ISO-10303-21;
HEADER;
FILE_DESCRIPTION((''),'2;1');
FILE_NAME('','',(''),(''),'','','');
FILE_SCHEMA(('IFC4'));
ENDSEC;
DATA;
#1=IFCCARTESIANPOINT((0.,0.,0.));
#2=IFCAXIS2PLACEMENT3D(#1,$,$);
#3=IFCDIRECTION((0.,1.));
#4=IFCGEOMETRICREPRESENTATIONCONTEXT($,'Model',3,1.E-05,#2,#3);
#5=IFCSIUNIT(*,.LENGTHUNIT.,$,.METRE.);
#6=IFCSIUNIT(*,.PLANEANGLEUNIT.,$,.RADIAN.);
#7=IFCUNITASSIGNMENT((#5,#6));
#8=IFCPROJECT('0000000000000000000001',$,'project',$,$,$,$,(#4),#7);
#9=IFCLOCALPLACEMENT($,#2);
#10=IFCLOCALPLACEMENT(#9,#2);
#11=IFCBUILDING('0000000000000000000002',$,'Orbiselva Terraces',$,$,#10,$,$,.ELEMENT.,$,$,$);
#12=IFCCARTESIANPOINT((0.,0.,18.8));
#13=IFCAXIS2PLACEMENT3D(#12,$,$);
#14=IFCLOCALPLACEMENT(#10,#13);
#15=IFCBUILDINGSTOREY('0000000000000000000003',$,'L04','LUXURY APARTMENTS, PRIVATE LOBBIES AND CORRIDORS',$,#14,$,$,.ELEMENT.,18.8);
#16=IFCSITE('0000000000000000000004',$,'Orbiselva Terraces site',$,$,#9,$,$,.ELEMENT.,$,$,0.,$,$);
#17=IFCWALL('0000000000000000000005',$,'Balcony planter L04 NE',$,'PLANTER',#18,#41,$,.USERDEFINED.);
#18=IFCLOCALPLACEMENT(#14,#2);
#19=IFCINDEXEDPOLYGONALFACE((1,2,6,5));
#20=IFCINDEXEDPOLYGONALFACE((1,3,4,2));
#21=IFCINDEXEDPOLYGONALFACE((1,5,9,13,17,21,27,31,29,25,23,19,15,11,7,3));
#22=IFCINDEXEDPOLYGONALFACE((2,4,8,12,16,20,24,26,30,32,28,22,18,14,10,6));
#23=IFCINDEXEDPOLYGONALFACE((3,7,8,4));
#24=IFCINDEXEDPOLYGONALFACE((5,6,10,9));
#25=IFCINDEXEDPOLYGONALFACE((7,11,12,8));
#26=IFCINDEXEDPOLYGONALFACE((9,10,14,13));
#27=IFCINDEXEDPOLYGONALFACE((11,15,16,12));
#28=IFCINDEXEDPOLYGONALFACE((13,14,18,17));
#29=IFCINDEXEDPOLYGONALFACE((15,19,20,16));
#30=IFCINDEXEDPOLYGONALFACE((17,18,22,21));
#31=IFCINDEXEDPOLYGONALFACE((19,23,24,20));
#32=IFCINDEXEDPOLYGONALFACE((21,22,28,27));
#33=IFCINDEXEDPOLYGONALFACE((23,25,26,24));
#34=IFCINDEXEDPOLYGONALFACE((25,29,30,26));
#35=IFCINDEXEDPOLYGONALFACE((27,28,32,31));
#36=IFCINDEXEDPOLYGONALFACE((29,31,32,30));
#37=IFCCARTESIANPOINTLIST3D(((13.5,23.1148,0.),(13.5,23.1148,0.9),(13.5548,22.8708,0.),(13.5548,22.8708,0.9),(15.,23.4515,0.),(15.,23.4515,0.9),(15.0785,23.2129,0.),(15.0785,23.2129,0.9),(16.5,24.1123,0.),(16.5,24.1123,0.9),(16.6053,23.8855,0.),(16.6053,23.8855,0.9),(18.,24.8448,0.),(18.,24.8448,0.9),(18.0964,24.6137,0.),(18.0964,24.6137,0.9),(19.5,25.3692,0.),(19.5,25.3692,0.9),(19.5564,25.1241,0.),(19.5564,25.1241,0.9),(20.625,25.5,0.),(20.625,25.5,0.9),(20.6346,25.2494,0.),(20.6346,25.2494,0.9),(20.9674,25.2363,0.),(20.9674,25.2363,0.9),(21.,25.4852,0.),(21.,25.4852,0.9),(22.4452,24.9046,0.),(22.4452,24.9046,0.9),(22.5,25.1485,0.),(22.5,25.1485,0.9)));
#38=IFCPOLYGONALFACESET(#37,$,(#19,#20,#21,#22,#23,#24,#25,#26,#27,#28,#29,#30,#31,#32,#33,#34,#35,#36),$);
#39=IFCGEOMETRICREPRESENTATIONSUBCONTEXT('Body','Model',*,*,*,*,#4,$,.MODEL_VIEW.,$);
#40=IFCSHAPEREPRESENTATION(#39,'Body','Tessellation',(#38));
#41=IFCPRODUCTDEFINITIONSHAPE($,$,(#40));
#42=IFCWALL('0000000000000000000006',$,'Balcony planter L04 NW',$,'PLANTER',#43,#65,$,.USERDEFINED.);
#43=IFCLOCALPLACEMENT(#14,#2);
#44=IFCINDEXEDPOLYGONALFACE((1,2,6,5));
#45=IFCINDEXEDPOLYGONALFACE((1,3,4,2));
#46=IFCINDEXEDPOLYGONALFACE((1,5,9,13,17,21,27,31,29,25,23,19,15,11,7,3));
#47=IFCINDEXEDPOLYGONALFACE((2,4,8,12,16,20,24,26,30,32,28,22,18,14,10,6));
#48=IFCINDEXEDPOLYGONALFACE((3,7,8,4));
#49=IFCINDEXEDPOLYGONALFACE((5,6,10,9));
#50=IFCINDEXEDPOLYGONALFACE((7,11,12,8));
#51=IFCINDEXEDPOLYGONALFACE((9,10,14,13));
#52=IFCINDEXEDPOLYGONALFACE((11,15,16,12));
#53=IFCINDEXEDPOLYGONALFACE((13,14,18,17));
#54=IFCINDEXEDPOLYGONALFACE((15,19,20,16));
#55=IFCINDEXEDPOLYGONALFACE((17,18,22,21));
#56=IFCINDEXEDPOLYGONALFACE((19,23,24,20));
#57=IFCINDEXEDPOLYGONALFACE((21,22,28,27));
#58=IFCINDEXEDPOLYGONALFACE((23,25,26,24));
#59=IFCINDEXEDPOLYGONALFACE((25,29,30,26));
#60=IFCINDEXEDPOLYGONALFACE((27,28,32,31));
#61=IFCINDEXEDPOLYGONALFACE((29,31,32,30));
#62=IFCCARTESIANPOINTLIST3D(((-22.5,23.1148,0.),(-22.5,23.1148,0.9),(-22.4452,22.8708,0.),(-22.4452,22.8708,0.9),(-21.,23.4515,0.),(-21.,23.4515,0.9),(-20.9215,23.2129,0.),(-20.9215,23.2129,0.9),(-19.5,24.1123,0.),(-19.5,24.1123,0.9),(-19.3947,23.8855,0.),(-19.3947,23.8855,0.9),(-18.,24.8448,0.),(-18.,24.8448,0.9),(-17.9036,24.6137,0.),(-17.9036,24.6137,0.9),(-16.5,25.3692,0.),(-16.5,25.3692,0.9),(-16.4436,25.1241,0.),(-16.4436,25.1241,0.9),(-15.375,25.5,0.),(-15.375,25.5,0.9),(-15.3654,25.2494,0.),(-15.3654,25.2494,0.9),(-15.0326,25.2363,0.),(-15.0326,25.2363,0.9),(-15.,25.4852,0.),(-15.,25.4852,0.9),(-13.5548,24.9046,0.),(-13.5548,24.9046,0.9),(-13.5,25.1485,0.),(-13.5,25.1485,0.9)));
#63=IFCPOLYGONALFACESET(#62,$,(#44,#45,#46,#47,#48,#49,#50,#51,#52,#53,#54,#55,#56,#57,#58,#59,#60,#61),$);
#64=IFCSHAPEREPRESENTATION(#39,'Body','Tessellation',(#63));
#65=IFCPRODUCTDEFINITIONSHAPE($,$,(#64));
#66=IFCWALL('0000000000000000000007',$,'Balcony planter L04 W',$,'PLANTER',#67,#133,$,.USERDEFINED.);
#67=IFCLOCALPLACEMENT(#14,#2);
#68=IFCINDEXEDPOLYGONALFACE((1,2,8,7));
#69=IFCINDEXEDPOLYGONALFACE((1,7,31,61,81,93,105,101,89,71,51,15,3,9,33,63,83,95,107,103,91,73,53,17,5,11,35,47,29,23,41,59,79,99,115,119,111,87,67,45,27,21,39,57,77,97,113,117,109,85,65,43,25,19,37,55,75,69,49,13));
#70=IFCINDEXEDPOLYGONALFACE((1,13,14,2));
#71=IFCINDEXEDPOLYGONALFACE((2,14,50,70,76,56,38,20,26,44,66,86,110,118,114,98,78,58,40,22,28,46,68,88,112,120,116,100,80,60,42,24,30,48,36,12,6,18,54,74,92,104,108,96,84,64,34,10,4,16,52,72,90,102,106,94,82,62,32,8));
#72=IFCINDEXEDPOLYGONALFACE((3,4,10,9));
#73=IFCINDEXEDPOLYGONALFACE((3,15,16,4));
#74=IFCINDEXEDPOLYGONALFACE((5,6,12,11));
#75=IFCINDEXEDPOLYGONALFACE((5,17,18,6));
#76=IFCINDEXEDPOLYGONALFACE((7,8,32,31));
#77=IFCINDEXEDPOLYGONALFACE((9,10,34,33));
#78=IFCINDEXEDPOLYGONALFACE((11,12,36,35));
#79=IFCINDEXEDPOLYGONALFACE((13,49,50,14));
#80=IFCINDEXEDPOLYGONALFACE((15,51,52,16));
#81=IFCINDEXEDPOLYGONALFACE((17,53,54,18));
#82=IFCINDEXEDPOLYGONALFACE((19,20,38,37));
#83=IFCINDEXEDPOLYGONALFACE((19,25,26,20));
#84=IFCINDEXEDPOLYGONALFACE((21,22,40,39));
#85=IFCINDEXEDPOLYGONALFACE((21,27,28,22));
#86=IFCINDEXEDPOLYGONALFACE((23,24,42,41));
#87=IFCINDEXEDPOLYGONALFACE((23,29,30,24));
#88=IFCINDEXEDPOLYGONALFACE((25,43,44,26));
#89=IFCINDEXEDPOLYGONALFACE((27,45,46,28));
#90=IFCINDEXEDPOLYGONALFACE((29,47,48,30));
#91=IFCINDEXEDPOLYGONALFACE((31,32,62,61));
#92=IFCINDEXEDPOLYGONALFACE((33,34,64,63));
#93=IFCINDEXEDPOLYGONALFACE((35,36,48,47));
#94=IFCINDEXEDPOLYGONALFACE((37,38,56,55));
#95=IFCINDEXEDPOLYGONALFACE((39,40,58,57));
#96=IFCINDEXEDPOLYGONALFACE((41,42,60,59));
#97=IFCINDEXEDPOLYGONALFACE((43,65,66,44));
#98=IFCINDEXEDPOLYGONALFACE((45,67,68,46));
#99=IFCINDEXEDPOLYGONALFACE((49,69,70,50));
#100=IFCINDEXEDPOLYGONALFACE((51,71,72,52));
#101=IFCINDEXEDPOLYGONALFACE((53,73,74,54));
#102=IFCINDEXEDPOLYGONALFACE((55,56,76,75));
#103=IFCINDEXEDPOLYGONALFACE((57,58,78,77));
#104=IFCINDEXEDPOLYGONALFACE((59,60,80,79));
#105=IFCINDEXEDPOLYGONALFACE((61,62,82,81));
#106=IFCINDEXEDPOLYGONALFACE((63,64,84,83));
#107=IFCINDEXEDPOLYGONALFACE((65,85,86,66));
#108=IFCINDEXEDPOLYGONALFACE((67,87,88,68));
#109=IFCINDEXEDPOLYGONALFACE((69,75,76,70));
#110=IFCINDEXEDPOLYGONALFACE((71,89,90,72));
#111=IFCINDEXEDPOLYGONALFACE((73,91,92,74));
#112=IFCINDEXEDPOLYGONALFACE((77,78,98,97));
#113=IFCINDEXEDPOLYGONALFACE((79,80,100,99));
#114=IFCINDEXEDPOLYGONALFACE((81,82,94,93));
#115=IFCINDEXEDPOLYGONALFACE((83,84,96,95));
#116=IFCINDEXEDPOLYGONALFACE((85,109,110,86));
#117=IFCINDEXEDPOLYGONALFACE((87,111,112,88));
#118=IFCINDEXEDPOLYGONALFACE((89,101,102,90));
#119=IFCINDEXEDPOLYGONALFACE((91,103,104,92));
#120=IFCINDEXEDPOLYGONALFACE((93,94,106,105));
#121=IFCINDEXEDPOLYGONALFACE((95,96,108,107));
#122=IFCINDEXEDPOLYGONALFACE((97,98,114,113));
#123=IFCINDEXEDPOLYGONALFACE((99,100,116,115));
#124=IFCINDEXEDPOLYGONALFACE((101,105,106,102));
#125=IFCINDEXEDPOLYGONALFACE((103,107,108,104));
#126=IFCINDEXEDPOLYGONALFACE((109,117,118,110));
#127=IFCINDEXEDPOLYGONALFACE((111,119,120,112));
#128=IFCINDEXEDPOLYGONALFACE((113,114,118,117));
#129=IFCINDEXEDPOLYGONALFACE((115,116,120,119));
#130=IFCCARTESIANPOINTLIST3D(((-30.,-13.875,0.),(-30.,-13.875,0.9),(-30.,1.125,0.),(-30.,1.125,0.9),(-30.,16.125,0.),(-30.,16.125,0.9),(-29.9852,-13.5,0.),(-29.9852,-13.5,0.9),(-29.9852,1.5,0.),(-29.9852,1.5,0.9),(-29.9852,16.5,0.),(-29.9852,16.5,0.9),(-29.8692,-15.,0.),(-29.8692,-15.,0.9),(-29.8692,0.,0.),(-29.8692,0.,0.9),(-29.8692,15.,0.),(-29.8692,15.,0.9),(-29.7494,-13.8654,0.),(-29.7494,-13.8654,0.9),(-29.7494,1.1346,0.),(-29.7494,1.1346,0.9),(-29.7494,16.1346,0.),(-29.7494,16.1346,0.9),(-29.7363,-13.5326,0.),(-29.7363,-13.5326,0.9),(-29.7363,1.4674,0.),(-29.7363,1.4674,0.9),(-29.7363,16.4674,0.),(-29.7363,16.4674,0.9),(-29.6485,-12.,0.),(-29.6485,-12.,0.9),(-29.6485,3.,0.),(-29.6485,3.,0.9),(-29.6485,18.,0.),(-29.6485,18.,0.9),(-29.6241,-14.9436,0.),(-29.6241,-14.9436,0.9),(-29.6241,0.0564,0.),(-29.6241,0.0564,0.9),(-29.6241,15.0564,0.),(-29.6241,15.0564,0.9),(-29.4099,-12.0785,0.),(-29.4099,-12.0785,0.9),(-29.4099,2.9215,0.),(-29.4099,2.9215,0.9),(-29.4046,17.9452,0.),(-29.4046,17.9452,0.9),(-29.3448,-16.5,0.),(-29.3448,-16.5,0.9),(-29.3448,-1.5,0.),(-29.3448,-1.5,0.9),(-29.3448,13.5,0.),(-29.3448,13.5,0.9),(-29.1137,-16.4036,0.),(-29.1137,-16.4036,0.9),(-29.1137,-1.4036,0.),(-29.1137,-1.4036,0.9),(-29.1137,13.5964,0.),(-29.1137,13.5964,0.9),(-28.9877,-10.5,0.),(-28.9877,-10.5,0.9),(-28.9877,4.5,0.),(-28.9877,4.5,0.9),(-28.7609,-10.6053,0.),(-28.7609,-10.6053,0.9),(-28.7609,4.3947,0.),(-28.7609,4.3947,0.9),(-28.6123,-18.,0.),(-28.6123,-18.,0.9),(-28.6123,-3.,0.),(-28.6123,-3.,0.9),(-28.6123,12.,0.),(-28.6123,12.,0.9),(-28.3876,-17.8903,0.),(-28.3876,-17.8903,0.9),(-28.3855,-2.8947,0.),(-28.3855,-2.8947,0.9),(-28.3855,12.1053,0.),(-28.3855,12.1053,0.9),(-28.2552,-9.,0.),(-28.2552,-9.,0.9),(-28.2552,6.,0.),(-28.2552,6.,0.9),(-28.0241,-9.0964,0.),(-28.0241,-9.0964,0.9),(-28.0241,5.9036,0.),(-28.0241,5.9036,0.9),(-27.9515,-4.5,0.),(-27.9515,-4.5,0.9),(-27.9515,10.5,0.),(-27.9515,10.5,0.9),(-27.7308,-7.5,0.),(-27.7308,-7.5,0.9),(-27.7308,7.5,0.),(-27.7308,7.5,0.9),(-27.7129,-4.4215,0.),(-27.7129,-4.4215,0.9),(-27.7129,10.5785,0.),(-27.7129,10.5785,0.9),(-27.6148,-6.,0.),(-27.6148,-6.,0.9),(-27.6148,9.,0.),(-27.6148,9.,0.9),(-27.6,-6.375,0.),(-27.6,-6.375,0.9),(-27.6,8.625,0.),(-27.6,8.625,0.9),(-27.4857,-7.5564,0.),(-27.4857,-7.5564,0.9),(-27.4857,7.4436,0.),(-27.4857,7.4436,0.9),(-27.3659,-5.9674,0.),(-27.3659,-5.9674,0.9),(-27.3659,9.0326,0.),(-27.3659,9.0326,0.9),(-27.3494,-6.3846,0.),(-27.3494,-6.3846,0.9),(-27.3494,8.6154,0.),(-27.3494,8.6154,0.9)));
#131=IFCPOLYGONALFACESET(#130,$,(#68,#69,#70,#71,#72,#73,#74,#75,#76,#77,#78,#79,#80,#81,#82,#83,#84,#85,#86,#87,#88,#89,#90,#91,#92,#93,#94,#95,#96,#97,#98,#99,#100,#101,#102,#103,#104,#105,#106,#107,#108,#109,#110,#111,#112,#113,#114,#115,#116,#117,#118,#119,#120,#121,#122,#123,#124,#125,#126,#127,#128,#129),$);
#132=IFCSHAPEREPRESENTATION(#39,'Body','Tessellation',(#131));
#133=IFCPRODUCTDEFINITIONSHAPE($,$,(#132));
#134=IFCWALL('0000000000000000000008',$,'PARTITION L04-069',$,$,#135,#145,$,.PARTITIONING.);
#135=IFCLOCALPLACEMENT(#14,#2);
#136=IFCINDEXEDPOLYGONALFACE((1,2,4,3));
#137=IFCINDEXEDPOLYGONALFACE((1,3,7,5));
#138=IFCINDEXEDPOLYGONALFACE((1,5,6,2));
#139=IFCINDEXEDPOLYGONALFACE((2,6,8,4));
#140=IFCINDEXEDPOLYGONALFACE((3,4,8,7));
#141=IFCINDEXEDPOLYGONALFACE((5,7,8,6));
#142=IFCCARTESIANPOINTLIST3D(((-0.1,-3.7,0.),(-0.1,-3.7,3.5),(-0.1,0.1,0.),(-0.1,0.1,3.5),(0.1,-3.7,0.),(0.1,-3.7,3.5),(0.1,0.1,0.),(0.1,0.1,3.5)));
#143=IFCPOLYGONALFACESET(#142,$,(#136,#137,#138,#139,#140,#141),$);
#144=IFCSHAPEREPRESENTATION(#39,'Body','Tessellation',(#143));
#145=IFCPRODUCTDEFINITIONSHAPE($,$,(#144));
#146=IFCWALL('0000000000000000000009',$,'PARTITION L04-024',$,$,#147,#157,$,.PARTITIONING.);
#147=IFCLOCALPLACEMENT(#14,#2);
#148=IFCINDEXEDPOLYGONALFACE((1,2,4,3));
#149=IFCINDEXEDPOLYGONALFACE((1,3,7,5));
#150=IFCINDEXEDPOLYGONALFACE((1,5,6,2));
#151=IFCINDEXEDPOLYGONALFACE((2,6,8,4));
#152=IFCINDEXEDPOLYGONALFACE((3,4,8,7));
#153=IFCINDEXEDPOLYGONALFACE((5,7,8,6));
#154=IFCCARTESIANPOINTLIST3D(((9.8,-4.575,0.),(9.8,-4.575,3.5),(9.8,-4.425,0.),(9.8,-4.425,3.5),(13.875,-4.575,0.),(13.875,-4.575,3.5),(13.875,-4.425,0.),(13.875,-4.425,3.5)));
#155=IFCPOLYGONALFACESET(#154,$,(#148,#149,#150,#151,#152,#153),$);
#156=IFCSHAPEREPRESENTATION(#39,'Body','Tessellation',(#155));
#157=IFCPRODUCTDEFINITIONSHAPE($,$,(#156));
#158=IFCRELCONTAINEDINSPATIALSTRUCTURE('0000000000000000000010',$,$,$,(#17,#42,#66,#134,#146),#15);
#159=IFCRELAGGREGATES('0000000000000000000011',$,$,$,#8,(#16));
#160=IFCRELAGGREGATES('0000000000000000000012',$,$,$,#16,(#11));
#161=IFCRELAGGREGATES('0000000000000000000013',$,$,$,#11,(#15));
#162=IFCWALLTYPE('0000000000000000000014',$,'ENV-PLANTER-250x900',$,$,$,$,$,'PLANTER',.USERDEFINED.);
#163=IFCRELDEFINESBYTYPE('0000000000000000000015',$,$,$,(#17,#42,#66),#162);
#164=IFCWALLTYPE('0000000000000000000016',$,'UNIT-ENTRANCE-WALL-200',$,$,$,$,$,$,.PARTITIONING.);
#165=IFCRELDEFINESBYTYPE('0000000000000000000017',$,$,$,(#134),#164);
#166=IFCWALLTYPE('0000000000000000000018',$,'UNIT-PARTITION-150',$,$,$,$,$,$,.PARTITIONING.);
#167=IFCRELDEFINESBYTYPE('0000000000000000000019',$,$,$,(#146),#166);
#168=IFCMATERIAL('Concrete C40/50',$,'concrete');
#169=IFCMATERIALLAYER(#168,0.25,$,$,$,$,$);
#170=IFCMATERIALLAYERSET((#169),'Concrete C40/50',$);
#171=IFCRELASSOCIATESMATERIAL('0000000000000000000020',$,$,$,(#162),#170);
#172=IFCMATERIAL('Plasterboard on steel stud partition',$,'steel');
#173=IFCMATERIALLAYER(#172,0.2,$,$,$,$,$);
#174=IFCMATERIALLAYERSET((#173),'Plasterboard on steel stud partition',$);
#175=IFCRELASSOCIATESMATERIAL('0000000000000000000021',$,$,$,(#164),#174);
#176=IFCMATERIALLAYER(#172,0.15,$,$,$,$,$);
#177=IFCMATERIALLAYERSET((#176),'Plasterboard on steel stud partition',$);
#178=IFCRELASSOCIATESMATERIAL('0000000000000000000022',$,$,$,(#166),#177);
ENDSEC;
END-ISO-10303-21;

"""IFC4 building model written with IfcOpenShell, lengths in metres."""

from ifc_helpers import new_model, si_unit, direction, frame, frame_2d, origin, place, context, subcontext, project, spatial, polyline, rectangle, outline, extrude, material, layer, layer_set, type_object, element, save


model = new_model("IFC4")

# Units and contexts
model_context = context("Model", 3, precision=1e-05, world=origin(), true_north=direction((0.0, 1.0)))
body_context = subcontext(model_context, "Body", "Model", "MODEL_VIEW")
ifc_project = project(units=[si_unit("LENGTHUNIT", "METRE"), si_unit("PLANEANGLEUNIT", "RADIAN")], contexts=[model_context])

# Site, building, storey
site_placement = place(None, origin())
site = spatial("IfcSite", under=ifc_project, at=site_placement, Name="Orbiselva Terraces site", CompositionType="ELEMENT", RefElevation=0.0)
building_placement = place(site_placement, origin())
building = spatial("IfcBuilding", under=site, at=building_placement, Name="Orbiselva Terraces", CompositionType="ELEMENT")
storey_placement = place(building_placement, frame((0.0, 0.0, 18.8)))
storey = spatial("IfcBuildingStorey", under=building, at=storey_placement, Name="L04", Description="LUXURY APARTMENTS, PRIVATE LOBBIES AND CORRIDORS", CompositionType="ELEMENT", Elevation=18.8)

# Shared definitions
ifc_material_1 = material(Name="Concrete C40/50", Category="concrete")

# Walls
ifc_layer_1 = layer(ifc_material_1, 0.25)
ifc_layer_set_1 = layer_set([ifc_layer_1], Name="Concrete C40/50")
wall_type_1 = type_object("IfcWallType", Name="ENV-PLANTER-250x900", ElementType="PLANTER", PredefinedType="USERDEFINED", material=ifc_layer_set_1)
wall_1_placement = place(storey_placement, origin())
element("IfcWall", 1, at=wall_1_placement, inside=storey, type_object=wall_type_1, Name="Balcony planter L04 NE", ObjectType="PLANTER", PredefinedType="USERDEFINED", context=body_context, shape_type="SweptSolid", body=[
    extrude(outline(polyline([(22.5, 25.1485), (21.0, 25.4852), (20.625, 25.5), (19.5, 25.3692), (18.0, 24.8448), (16.5, 24.1123), (15.0, 23.4515), (13.5, 23.1148), (13.5548, 22.8708), (15.0785, 23.2129), (16.6053, 23.8855), (18.0964, 24.6137), (19.5564, 25.1241), (20.6346, 25.2494), (20.9674, 25.2363), (22.4452, 24.9046), (22.5, 25.1485)])), origin(), (0.0, 0.0, 1.0), 0.9),
])
wall_2_placement = place(storey_placement, origin())
element("IfcWall", 2, at=wall_2_placement, inside=storey, type_object=wall_type_1, Name="Balcony planter L04 NW", ObjectType="PLANTER", PredefinedType="USERDEFINED", context=body_context, shape_type="SweptSolid", body=[
    extrude(outline(polyline([(-13.5, 25.1485), (-15.0, 25.4852), (-15.375, 25.5), (-16.5, 25.3692), (-18.0, 24.8448), (-19.5, 24.1123), (-21.0, 23.4515), (-22.5, 23.1148), (-22.4452, 22.8708), (-20.9215, 23.2129), (-19.3947, 23.8855), (-17.9036, 24.6137), (-16.4436, 25.1241), (-15.3654, 25.2494), (-15.0326, 25.2363), (-13.5548, 24.9046), (-13.5, 25.1485)])), origin(), (0.0, 0.0, 1.0), 0.9),
])
wall_3_placement = place(storey_placement, origin())
element("IfcWall", 3, at=wall_3_placement, inside=storey, type_object=wall_type_1, Name="Balcony planter L04 W", ObjectType="PLANTER", PredefinedType="USERDEFINED", context=body_context, shape_type="SweptSolid", body=[
    extrude(outline(polyline([(-29.6485, 18.0), (-29.9852, 16.5), (-30.0, 16.125), (-29.8692, 15.0), (-29.3448, 13.5), (-28.6123, 12.0), (-27.9515, 10.5), (-27.6148, 9.0), (-27.6, 8.625), (-27.7308, 7.5), (-28.2552, 6.0), (-28.9877, 4.5), (-29.6485, 3.0), (-29.9852, 1.5), (-30.0, 1.125), (-29.8692, 0.0), (-29.3448, -1.5), (-28.6123, -3.0), (-27.9515, -4.5), (-27.6148, -6.0), (-27.6, -6.375), (-27.7308, -7.5), (-28.2552, -9.0), (-28.9877, -10.5), (-29.6485, -12.0), (-29.9852, -13.5), (-30.0, -13.875), (-29.8692, -15.0), (-29.3448, -16.5), (-28.6123, -18.0), (-28.3876, -17.8903), (-29.1137, -16.4036), (-29.6241, -14.9436), (-29.7494, -13.8654), (-29.7363, -13.5326), (-29.4099, -12.0785), (-28.7609, -10.6053), (-28.0241, -9.0964), (-27.4857, -7.5564), (-27.3494, -6.3846), (-27.3659, -5.9674), (-27.7129, -4.4215), (-28.3855, -2.8947), (-29.1137, -1.4036), (-29.6241, 0.0564), (-29.7494, 1.1346), (-29.7363, 1.4674), (-29.4099, 2.9215), (-28.7609, 4.3947), (-28.0241, 5.9036), (-27.4857, 7.4436), (-27.3494, 8.6154), (-27.3659, 9.0326), (-27.7129, 10.5785), (-28.3855, 12.1053), (-29.1137, 13.5964), (-29.6241, 15.0564), (-29.7494, 16.1346), (-29.7363, 16.4674), (-29.4046, 17.9452), (-29.6485, 18.0)])), origin(), (0.0, 0.0, 1.0), 0.9),
])
ifc_material_2 = material(Name="Plasterboard on steel stud partition", Category="steel")
ifc_layer_2 = layer(ifc_material_2, 0.2)
ifc_layer_set_2 = layer_set([ifc_layer_2], Name="Plasterboard on steel stud partition")
wall_type_2 = type_object("IfcWallType", Name="UNIT-ENTRANCE-WALL-200", PredefinedType="PARTITIONING", material=ifc_layer_set_2)
wall_4_placement = place(storey_placement, frame((0.0, -3.7, 0.0), z_axis=(0.0, 0.0, 1.0), x_axis=(0.0, 1.0, 0.0)))
element("IfcWall", 4, at=wall_4_placement, inside=storey, type_object=wall_type_2, Name="PARTITION L04-069", PredefinedType="PARTITIONING", context=body_context, shape_type="SweptSolid", body=[
    extrude(rectangle(XDim=3.8, YDim=0.2, at=frame_2d((1.9, 0.0))), origin(), (0.0, 0.0, 1.0), 3.5),
])
ifc_layer_3 = layer(ifc_material_2, 0.15)
ifc_layer_set_3 = layer_set([ifc_layer_3], Name="Plasterboard on steel stud partition")
wall_type_3 = type_object("IfcWallType", Name="UNIT-PARTITION-150", PredefinedType="PARTITIONING", material=ifc_layer_set_3)
wall_5_placement = place(storey_placement, frame((9.8, -4.5, 0.0), z_axis=(0.0, 0.0, 1.0), x_axis=(1.0, 0.0, 0.0)))
element("IfcWall", 5, at=wall_5_placement, inside=storey, type_object=wall_type_3, Name="PARTITION L04-024", PredefinedType="PARTITIONING", context=body_context, shape_type="SweptSolid", body=[
    extrude(rectangle(XDim=4.075, YDim=0.15, at=frame_2d((2.0375, 0.0))), origin(), (0.0, 0.0, 1.0), 3.5),
])

save(model, "model.ifc")
